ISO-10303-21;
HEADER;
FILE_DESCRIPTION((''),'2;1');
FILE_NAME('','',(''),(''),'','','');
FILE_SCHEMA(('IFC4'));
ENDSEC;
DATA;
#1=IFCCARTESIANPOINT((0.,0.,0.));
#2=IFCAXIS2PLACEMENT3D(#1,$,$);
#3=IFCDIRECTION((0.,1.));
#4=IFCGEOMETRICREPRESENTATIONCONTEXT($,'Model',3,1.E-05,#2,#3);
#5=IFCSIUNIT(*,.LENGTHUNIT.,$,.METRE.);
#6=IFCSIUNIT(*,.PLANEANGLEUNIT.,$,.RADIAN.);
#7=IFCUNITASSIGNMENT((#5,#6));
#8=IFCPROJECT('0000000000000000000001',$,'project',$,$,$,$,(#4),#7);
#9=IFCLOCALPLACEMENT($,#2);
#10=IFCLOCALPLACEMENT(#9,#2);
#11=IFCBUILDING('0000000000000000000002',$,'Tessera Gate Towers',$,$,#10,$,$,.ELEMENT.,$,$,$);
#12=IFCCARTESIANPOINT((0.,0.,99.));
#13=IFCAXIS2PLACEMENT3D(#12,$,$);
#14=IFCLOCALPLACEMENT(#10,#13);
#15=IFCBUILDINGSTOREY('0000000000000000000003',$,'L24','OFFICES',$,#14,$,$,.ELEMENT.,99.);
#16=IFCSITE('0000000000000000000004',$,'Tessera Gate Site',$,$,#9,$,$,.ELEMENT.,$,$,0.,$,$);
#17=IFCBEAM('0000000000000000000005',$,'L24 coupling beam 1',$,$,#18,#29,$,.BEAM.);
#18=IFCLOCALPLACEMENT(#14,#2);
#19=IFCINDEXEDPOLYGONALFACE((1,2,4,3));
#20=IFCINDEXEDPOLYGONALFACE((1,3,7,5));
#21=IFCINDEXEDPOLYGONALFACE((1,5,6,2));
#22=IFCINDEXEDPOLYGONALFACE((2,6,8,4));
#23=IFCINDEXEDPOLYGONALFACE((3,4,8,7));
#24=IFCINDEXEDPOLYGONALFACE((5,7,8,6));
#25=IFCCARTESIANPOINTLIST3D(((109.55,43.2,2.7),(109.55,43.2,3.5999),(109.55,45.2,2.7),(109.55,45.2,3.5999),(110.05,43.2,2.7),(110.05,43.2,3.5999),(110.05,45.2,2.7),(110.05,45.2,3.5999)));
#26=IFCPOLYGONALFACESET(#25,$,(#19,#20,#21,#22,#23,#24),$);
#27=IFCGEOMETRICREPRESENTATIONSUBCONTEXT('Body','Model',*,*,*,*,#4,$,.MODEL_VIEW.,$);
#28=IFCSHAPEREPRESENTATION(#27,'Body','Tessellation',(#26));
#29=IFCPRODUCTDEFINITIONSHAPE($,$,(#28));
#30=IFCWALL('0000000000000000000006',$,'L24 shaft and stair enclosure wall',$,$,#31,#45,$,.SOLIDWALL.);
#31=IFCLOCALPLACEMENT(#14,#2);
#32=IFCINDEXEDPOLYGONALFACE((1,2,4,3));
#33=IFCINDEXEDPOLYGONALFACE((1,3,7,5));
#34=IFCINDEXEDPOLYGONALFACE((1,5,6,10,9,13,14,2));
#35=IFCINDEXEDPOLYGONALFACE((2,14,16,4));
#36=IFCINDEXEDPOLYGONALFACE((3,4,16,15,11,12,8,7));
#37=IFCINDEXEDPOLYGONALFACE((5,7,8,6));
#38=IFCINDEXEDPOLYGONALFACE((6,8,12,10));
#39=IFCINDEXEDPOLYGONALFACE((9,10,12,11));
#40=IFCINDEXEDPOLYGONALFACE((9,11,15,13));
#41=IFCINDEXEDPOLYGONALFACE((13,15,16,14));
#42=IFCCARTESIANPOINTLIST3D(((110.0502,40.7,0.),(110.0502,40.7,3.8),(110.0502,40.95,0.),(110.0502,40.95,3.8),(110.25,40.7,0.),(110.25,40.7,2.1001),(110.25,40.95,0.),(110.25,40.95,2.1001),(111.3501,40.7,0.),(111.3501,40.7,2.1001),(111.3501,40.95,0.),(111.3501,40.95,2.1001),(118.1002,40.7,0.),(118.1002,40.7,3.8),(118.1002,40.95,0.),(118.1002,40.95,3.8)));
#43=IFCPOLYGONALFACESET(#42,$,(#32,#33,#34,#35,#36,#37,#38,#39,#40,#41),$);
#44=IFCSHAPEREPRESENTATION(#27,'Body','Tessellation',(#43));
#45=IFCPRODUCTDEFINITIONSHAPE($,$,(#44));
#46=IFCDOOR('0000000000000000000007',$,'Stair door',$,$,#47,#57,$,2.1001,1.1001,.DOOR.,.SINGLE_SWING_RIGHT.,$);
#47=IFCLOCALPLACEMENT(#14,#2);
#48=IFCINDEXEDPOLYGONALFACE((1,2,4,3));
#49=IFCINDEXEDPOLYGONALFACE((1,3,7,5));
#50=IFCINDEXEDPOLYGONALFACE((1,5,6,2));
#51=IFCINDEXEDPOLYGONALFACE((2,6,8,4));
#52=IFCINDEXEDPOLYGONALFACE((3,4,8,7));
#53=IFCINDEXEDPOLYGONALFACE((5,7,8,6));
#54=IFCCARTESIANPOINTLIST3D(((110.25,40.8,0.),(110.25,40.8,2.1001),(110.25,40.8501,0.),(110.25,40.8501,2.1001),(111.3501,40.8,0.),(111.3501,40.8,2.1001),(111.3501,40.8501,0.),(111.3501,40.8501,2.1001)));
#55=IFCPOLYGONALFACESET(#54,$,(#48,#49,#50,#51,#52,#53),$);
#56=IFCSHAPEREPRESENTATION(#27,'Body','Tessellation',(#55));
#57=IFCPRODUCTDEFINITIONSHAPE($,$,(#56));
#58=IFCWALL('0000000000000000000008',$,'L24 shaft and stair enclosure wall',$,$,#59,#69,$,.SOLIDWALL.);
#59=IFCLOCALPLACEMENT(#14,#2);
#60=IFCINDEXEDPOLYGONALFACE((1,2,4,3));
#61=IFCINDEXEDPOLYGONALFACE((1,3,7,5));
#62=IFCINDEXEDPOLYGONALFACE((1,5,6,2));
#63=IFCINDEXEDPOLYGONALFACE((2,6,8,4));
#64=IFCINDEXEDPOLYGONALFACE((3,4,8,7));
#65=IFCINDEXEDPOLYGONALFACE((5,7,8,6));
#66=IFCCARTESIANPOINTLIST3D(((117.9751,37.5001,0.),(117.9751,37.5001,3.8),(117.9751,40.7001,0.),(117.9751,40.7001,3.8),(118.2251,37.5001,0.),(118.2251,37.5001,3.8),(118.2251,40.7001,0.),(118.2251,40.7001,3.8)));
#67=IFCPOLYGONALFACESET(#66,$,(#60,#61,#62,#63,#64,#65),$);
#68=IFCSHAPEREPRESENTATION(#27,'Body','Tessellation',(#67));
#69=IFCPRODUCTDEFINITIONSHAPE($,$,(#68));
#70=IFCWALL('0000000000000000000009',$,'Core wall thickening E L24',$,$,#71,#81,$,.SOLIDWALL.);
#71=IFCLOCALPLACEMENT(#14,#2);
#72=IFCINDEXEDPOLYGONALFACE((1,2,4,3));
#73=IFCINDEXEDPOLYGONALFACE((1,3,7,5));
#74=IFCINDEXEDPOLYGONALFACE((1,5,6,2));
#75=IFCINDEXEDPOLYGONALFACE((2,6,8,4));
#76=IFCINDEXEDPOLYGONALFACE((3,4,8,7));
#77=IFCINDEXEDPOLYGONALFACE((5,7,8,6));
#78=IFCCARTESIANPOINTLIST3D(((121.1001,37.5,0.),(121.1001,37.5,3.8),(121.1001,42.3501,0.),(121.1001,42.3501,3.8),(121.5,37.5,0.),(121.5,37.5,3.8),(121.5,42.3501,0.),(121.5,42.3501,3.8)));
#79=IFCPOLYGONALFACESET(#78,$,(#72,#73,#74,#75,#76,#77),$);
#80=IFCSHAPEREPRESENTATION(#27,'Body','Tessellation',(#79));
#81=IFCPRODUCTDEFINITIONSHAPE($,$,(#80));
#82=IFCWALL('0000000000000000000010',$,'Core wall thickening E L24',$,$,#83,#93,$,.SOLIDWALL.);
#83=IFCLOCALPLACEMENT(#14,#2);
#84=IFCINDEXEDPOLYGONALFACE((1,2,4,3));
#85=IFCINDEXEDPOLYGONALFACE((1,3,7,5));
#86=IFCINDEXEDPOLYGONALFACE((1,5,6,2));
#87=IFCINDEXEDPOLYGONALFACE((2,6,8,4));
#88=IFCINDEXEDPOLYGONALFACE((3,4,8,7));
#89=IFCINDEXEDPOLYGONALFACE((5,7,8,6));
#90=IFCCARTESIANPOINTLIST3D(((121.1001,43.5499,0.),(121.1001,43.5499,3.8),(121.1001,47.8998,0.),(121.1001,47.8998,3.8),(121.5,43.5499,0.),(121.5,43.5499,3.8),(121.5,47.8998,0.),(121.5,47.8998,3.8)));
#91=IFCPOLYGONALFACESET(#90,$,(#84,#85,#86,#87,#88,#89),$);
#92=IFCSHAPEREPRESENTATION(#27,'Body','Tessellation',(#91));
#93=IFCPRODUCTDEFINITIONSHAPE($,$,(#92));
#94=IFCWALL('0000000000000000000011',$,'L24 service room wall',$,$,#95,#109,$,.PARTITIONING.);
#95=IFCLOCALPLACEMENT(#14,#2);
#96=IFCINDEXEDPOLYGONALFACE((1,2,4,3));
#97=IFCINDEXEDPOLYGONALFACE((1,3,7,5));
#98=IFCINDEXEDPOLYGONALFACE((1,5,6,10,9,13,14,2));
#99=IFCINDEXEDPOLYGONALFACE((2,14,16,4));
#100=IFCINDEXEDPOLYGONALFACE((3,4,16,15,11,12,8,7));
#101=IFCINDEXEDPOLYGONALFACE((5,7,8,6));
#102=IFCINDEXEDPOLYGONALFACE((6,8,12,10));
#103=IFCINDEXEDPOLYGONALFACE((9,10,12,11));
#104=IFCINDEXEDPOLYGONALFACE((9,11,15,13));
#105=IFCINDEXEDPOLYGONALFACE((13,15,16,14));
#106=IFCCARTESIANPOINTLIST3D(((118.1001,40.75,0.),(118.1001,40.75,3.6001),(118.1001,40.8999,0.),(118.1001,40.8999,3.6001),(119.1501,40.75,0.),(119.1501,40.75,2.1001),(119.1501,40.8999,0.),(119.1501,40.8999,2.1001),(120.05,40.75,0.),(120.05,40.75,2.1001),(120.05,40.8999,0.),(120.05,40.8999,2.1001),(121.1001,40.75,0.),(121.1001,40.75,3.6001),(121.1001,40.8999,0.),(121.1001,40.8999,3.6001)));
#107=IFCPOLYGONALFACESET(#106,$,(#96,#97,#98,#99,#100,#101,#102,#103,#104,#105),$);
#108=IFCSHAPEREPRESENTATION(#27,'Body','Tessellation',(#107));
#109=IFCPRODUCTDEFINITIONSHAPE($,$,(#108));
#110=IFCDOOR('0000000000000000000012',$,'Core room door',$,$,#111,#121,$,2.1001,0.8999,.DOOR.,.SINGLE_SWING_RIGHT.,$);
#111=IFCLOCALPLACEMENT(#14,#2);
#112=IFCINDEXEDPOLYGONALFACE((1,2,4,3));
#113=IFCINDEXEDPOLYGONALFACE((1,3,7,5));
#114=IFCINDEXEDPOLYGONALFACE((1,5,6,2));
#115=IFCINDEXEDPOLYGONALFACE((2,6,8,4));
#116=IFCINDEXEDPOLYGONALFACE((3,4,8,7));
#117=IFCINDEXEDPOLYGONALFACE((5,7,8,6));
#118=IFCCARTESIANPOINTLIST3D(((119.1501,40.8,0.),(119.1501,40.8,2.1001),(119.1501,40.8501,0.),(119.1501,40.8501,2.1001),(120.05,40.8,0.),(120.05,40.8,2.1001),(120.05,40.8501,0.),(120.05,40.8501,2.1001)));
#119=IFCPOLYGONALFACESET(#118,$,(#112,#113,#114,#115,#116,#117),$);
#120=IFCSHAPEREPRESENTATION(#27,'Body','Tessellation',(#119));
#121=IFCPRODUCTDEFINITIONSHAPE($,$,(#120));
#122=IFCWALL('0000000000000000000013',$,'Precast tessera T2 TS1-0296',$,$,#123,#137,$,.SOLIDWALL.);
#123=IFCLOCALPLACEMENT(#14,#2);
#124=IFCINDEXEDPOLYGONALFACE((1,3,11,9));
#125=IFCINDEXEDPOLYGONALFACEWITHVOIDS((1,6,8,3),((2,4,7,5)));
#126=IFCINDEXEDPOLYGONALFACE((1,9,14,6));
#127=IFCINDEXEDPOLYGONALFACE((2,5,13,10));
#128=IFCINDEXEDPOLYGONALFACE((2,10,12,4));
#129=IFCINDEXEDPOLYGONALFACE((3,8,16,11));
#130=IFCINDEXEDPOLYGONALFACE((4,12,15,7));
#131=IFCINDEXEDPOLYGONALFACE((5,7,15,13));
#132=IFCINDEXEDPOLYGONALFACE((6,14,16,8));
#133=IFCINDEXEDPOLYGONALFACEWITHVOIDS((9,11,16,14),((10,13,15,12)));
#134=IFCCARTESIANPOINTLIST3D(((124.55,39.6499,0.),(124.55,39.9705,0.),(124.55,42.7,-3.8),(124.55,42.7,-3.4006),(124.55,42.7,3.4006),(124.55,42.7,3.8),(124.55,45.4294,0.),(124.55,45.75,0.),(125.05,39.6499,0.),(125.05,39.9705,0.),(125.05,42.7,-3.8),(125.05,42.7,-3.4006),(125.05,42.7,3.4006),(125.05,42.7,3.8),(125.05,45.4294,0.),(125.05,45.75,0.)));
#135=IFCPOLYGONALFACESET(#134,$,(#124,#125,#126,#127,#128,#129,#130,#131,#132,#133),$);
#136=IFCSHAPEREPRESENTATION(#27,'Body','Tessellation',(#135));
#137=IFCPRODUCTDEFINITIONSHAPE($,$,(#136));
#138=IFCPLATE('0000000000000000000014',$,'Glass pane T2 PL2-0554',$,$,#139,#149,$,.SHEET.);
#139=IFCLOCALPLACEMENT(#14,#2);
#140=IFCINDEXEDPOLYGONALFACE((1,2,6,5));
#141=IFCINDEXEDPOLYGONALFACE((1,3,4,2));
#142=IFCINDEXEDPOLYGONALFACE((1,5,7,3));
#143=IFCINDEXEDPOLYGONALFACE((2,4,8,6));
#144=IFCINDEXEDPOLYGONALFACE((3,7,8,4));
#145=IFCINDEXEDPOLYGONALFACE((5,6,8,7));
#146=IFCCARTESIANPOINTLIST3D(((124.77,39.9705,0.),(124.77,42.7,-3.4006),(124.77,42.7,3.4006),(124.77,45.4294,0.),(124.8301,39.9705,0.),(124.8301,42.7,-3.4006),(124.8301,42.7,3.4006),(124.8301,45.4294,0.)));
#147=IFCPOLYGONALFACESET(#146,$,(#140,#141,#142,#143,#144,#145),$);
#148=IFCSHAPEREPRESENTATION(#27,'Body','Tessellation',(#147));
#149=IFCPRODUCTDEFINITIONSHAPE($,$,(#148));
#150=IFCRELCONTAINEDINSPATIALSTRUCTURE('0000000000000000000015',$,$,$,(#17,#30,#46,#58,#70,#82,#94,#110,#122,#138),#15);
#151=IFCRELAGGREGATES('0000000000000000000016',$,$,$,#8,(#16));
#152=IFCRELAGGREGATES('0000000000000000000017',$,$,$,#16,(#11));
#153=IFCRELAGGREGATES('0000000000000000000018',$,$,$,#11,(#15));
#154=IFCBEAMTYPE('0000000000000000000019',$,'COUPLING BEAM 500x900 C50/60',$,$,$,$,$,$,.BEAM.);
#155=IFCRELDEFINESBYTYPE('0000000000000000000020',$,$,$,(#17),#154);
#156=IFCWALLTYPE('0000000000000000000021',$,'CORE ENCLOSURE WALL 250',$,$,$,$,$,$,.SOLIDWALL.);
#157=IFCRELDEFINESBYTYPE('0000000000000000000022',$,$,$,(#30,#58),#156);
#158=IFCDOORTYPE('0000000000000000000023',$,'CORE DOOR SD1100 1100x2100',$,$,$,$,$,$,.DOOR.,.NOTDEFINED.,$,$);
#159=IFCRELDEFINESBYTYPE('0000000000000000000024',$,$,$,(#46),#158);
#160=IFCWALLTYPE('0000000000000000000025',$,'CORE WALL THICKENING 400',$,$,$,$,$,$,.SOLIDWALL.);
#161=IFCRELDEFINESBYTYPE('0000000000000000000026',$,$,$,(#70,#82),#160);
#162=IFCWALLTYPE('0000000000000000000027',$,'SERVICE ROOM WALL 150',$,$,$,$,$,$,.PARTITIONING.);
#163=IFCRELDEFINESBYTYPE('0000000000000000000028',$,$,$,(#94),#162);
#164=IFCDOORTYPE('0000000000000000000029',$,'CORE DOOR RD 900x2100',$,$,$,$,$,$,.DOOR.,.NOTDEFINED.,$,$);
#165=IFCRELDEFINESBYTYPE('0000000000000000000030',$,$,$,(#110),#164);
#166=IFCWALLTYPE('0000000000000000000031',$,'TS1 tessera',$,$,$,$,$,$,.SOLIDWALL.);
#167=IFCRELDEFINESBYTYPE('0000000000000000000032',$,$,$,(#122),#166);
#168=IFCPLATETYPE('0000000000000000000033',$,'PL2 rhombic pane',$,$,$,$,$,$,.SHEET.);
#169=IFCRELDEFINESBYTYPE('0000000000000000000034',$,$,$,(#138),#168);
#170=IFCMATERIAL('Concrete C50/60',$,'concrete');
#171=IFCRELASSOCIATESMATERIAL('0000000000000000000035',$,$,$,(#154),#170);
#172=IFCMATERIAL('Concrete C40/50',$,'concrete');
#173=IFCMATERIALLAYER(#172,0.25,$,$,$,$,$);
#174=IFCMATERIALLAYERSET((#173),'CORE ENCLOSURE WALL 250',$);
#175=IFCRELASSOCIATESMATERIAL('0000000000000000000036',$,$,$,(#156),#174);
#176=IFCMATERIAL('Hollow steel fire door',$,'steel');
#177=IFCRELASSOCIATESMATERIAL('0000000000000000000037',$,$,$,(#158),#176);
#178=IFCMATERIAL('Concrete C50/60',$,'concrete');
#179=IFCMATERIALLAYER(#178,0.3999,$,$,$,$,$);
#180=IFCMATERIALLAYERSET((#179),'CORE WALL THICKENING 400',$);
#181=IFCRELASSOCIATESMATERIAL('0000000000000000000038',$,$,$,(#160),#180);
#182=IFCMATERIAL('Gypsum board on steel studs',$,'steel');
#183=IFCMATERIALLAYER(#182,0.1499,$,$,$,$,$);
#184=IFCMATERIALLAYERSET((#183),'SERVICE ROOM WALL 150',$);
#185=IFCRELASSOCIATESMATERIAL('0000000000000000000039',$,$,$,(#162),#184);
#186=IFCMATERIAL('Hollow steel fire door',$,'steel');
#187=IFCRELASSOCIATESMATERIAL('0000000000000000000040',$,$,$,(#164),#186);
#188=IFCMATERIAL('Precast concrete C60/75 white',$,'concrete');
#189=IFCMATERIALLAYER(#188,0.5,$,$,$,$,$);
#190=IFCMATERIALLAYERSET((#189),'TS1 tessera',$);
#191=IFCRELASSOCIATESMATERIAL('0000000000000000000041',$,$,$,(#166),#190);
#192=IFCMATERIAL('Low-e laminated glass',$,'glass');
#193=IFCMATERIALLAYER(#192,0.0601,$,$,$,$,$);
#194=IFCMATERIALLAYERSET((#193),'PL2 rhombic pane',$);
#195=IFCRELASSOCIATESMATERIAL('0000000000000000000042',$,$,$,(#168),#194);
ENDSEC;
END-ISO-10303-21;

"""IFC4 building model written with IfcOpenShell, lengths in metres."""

from ifc_helpers import new_model, si_unit, direction, frame, frame_2d, origin, origin_2d, place, context, subcontext, project, spatial, polyline, rectangle, outline, extrude, source, transform, mapped, material, layer, layer_set, material_profile, profile_set, type_object, element, fill, save


model = new_model("IFC4")

# Units and contexts
model_context = context("Model", 3, precision=1e-05, world=origin(), true_north=direction((0.0, 1.0)))
body_context = subcontext(model_context, "Body", "Model", "MODEL_VIEW")
ifc_project = project(units=[si_unit("LENGTHUNIT", "METRE"), si_unit("PLANEANGLEUNIT", "RADIAN")], contexts=[model_context])

# Site, building, storey
site_placement = place(None, origin())
site = spatial("IfcSite", under=ifc_project, at=site_placement, Name="Tessera Gate Site", CompositionType="ELEMENT", RefElevation=0.0)
building_placement = place(site_placement, origin())
building = spatial("IfcBuilding", under=site, at=building_placement, Name="Tessera Gate Towers", CompositionType="ELEMENT")
storey_placement = place(building_placement, frame((0.0, 0.0, 99.0)))
storey = spatial("IfcBuildingStorey", under=building, at=storey_placement, Name="L24", Description="OFFICES", CompositionType="ELEMENT", Elevation=99.0)

# Beam
ifc_material_1 = material(Name="Concrete C50/60", Category="concrete")
ifc_material_profile = material_profile(ifc_material_1, rectangle(XDim=0.5, YDim=0.8999, at=origin_2d()), Name="RC 500x900")
ifc_profile_set = profile_set([ifc_material_profile], Name="Concrete C50/60")
beam_type = type_object("IfcBeamType", Name="COUPLING BEAM 500x900 C50/60", PredefinedType="BEAM", material=ifc_profile_set)
beam_placement = place(storey_placement, frame((109.8, 43.2, 3.1499), z_axis=(0.0, 1.0, 0.0), x_axis=(-1.0, 0.0, 0.0)))
element("IfcBeam", 1, at=beam_placement, inside=storey, type_object=beam_type, Name="L24 coupling beam 1", PredefinedType="BEAM", context=body_context, shape_type="SweptSolid", body=[
    extrude(rectangle(XDim=0.5, YDim=0.8999, at=origin_2d()), origin(), (0.0, 0.0, 1.0), 2.0),
])

# Wall, opening, door
ifc_material_2 = material(Name="Concrete C40/50", Category="concrete")
ifc_layer_1 = layer(ifc_material_2, 0.25)
ifc_layer_set_1 = layer_set([ifc_layer_1], Name="CORE ENCLOSURE WALL 250")
wall_type_1 = type_object("IfcWallType", Name="CORE ENCLOSURE WALL 250", PredefinedType="SOLIDWALL", material=ifc_layer_set_1)
wall_1_placement = place(storey_placement, frame((118.1001, 40.825, 0.0), z_axis=(0.0, 0.0, 1.0), x_axis=(-1.0, 0.0, 0.0)))
wall_1 = element("IfcWall", 2, at=wall_1_placement, inside=storey, type_object=wall_type_1, Name="L24 shaft and stair enclosure wall", PredefinedType="SOLIDWALL", context=body_context, shape_type="SweptSolid", body=[
    extrude(rectangle(XDim=8.05, YDim=0.25, at=frame_2d((4.0249, 0.0))), origin(), (0.0, 0.0, 1.0), 3.8),
])
shared_shape_1 = source(origin(), body_context, "Body", "SweptSolid", [
    extrude(rectangle(XDim=1.1001, YDim=2.1001, at=frame_2d((0.55, 1.05))), frame((0.0, 0.135, 0.0), z_axis=(0.0, -1.0, 0.0), x_axis=(1.0, 0.0, 0.0)), (0.0, 0.0, 1.0), 0.27),
])
opening_1_placement = place(wall_1_placement, frame((6.75, 0.0, 0.0)))
opening_1 = element("IfcOpeningElement", 3, at=opening_1_placement, cuts=wall_1, PredefinedType="OPENING", context=body_context, shape_type="MappedRepresentation", body=[
    mapped(shared_shape_1, transform((0.0, 0.0, 0.0), scale=1.0)),
])
ifc_material_3 = material(Name="Hollow steel fire door", Category="steel")
door_type_1 = type_object("IfcDoorType", Name="CORE DOOR SD1100 1100x2100", OperationType="NOTDEFINED", PredefinedType="DOOR", material=ifc_material_3)
shared_shape_2 = source(origin(), body_context, "Body", "SweptSolid", [
    extrude(rectangle(XDim=1.1001, YDim=2.1001, at=frame_2d((0.55, 1.05))), frame((0.0, 0.0249, 0.0), z_axis=(0.0, -1.0, 0.0), x_axis=(1.0, 0.0, 0.0)), (0.0, 0.0, 1.0), 0.05),
])
door_1_placement = place(opening_1_placement, origin())
door_1 = element("IfcDoor", 4, at=door_1_placement, inside=storey, type_object=door_type_1, Name="Stair door", OperationType="SINGLE_SWING_RIGHT", OverallHeight=2.1001, OverallWidth=1.1001, PredefinedType="DOOR", context=body_context, shape_type="MappedRepresentation", body=[
    mapped(shared_shape_2, transform((0.0, 0.0, 0.0), scale=1.0)),
])
fill(opening_1, door_1)

# Walls
wall_2_placement = place(storey_placement, frame((118.1001, 37.5, 0.0), z_axis=(0.0, 0.0, 1.0), x_axis=(0.0, 1.0, 0.0)))
element("IfcWall", 5, at=wall_2_placement, inside=storey, type_object=wall_type_1, Name="L24 shaft and stair enclosure wall", PredefinedType="SOLIDWALL", context=body_context, shape_type="SweptSolid", body=[
    extrude(rectangle(XDim=3.2, YDim=0.25, at=frame_2d((1.6001, 0.0))), origin(), (0.0, 0.0, 1.0), 3.8),
])
ifc_material_4 = material(Name="Concrete C50/60", Category="concrete")
ifc_layer_2 = layer(ifc_material_4, 0.3999)
ifc_layer_set_2 = layer_set([ifc_layer_2], Name="CORE WALL THICKENING 400")
wall_type_2 = type_object("IfcWallType", Name="CORE WALL THICKENING 400", PredefinedType="SOLIDWALL", material=ifc_layer_set_2)
wall_3_placement = place(storey_placement, frame((121.3, 37.5, 0.0), z_axis=(0.0, 0.0, 1.0), x_axis=(0.0, 1.0, 0.0)))
element("IfcWall", 6, at=wall_3_placement, inside=storey, type_object=wall_type_2, Name="Core wall thickening E L24", PredefinedType="SOLIDWALL", context=body_context, shape_type="SweptSolid", body=[
    extrude(rectangle(XDim=4.8501, YDim=0.3999, at=frame_2d((2.425, 0.0))), origin(), (0.0, 0.0, 1.0), 3.8),
])
wall_4_placement = place(storey_placement, frame((121.3, 43.55, 0.0), z_axis=(0.0, 0.0, 1.0), x_axis=(0.0, 1.0, 0.0)))
element("IfcWall", 7, at=wall_4_placement, inside=storey, type_object=wall_type_2, Name="Core wall thickening E L24", PredefinedType="SOLIDWALL", context=body_context, shape_type="SweptSolid", body=[
    extrude(rectangle(XDim=4.3499, YDim=0.3999, at=frame_2d((2.1748, 0.0))), origin(), (0.0, 0.0, 1.0), 3.8),
])

# Wall, opening, door
ifc_material_5 = material(Name="Gypsum board on steel studs", Category="steel")
ifc_layer_3 = layer(ifc_material_5, 0.1499)
ifc_layer_set_3 = layer_set([ifc_layer_3], Name="SERVICE ROOM WALL 150")
wall_type_3 = type_object("IfcWallType", Name="SERVICE ROOM WALL 150", PredefinedType="PARTITIONING", material=ifc_layer_set_3)
wall_5_placement = place(storey_placement, frame((121.1001, 40.825, 0.0), z_axis=(0.0, 0.0, 1.0), x_axis=(-1.0, 0.0, 0.0)))
wall_5 = element("IfcWall", 8, at=wall_5_placement, inside=storey, type_object=wall_type_3, Name="L24 service room wall", PredefinedType="PARTITIONING", context=body_context, shape_type="SweptSolid", body=[
    extrude(rectangle(XDim=3.0, YDim=0.1499, at=frame_2d((1.5, 0.0))), origin(), (0.0, 0.0, 1.0), 3.6001),
])
shared_shape_3 = source(origin(), body_context, "Body", "SweptSolid", [
    extrude(rectangle(XDim=0.8999, YDim=2.1001, at=frame_2d((0.45, 1.05))), frame((0.0, 0.085, 0.0), z_axis=(0.0, -1.0, 0.0), x_axis=(1.0, 0.0, 0.0)), (0.0, 0.0, 1.0), 0.1699),
])
opening_2_placement = place(wall_5_placement, frame((1.05, 0.0, 0.0)))
opening_2 = element("IfcOpeningElement", 9, at=opening_2_placement, cuts=wall_5, PredefinedType="OPENING", context=body_context, shape_type="MappedRepresentation", body=[
    mapped(shared_shape_3, transform((0.0, 0.0, 0.0), scale=1.0)),
])
ifc_material_6 = material(Name="Hollow steel fire door", Category="steel")
door_type_2 = type_object("IfcDoorType", Name="CORE DOOR RD 900x2100", OperationType="NOTDEFINED", PredefinedType="DOOR", material=ifc_material_6)
shared_shape_4 = source(origin(), body_context, "Body", "SweptSolid", [
    extrude(rectangle(XDim=0.8999, YDim=2.1001, at=frame_2d((0.45, 1.05))), frame((0.0, 0.0249, 0.0), z_axis=(0.0, -1.0, 0.0), x_axis=(1.0, 0.0, 0.0)), (0.0, 0.0, 1.0), 0.05),
])
door_2_placement = place(opening_2_placement, origin())
door_2 = element("IfcDoor", 10, at=door_2_placement, inside=storey, type_object=door_type_2, Name="Core room door", OperationType="SINGLE_SWING_RIGHT", OverallHeight=2.1001, OverallWidth=0.8999, PredefinedType="DOOR", context=body_context, shape_type="MappedRepresentation", body=[
    mapped(shared_shape_4, transform((0.0, 0.0, 0.0), scale=1.0)),
])
fill(opening_2, door_2)

# Wall, opening, plate
ifc_material_7 = material(Name="Precast concrete C60/75 white", Category="concrete")
ifc_layer_4 = layer(ifc_material_7, 0.5)
ifc_layer_set_4 = layer_set([ifc_layer_4], Name="TS1 tessera")
wall_type_4 = type_object("IfcWallType", Name="TS1 tessera", PredefinedType="SOLIDWALL", material=ifc_layer_set_4)
shared_shape_5 = source(origin(), body_context, "Body", "SweptSolid", [
    extrude(outline(polyline([(3.05, 0.0), (6.1001, 3.8), (3.05, 7.6001), (0.0, 3.8), (3.05, 0.0)])), frame((0.0, 0.25, 0.0), z_axis=(0.0, -1.0, 0.0), x_axis=(1.0, 0.0, 0.0)), (0.0, 0.0, 1.0), 0.5),
])
wall_6_placement = place(storey_placement, frame((124.8, 39.6499, -3.8), z_axis=(0.0, 0.0, 1.0), x_axis=(0.0, 1.0, 0.0)))
wall_6 = element("IfcWall", 11, at=wall_6_placement, inside=storey, type_object=wall_type_4, Name="Precast tessera T2 TS1-0296", PredefinedType="SOLIDWALL", context=body_context, shape_type="MappedRepresentation", body=[
    mapped(shared_shape_5, transform((0.0, 0.0, 0.0), scale=1.0)),
])
shared_shape_6 = source(origin(), body_context, "Body", "SweptSolid", [
    extrude(outline(polyline([(3.05, 0.3994), (5.7795, 3.8), (3.05, 7.2007), (0.3206, 3.8), (3.05, 0.3994)])), frame((0.0, 0.26, 0.0), z_axis=(0.0, -1.0, 0.0), x_axis=(1.0, 0.0, 0.0)), (0.0, 0.0, 1.0), 0.52),
])
opening_3_placement = place(wall_6_placement, origin())
opening_3 = element("IfcOpeningElement", 12, at=opening_3_placement, cuts=wall_6, PredefinedType="OPENING", context=body_context, shape_type="MappedRepresentation", body=[
    mapped(shared_shape_6, transform((0.0, 0.0, 0.0), scale=1.0)),
])
ifc_material_8 = material(Name="Low-e laminated glass", Category="glass")
ifc_layer_5 = layer(ifc_material_8, 0.0601)
ifc_layer_set_5 = layer_set([ifc_layer_5], Name="PL2 rhombic pane")
plate_type = type_object("IfcPlateType", Name="PL2 rhombic pane", PredefinedType="SHEET", material=ifc_layer_set_5)
shared_shape_7 = source(origin(), body_context, "Body", "SweptSolid", [
    extrude(outline(polyline([(3.05, 0.3994), (5.7795, 3.8), (3.05, 7.2007), (0.3206, 3.8), (3.05, 0.3994)])), frame((0.0, 0.03, 0.0), z_axis=(0.0, -1.0, 0.0), x_axis=(1.0, 0.0, 0.0)), (0.0, 0.0, 1.0), 0.0601),
])
plate_placement = place(opening_3_placement, origin())
plate = element("IfcPlate", 13, at=plate_placement, inside=storey, type_object=plate_type, Name="Glass pane T2 PL2-0554", PredefinedType="SHEET", context=body_context, shape_type="MappedRepresentation", body=[
    mapped(shared_shape_7, transform((0.0, 0.0, 0.0), scale=1.0)),
])
fill(opening_3, plate)

save(model, "model.ifc")
